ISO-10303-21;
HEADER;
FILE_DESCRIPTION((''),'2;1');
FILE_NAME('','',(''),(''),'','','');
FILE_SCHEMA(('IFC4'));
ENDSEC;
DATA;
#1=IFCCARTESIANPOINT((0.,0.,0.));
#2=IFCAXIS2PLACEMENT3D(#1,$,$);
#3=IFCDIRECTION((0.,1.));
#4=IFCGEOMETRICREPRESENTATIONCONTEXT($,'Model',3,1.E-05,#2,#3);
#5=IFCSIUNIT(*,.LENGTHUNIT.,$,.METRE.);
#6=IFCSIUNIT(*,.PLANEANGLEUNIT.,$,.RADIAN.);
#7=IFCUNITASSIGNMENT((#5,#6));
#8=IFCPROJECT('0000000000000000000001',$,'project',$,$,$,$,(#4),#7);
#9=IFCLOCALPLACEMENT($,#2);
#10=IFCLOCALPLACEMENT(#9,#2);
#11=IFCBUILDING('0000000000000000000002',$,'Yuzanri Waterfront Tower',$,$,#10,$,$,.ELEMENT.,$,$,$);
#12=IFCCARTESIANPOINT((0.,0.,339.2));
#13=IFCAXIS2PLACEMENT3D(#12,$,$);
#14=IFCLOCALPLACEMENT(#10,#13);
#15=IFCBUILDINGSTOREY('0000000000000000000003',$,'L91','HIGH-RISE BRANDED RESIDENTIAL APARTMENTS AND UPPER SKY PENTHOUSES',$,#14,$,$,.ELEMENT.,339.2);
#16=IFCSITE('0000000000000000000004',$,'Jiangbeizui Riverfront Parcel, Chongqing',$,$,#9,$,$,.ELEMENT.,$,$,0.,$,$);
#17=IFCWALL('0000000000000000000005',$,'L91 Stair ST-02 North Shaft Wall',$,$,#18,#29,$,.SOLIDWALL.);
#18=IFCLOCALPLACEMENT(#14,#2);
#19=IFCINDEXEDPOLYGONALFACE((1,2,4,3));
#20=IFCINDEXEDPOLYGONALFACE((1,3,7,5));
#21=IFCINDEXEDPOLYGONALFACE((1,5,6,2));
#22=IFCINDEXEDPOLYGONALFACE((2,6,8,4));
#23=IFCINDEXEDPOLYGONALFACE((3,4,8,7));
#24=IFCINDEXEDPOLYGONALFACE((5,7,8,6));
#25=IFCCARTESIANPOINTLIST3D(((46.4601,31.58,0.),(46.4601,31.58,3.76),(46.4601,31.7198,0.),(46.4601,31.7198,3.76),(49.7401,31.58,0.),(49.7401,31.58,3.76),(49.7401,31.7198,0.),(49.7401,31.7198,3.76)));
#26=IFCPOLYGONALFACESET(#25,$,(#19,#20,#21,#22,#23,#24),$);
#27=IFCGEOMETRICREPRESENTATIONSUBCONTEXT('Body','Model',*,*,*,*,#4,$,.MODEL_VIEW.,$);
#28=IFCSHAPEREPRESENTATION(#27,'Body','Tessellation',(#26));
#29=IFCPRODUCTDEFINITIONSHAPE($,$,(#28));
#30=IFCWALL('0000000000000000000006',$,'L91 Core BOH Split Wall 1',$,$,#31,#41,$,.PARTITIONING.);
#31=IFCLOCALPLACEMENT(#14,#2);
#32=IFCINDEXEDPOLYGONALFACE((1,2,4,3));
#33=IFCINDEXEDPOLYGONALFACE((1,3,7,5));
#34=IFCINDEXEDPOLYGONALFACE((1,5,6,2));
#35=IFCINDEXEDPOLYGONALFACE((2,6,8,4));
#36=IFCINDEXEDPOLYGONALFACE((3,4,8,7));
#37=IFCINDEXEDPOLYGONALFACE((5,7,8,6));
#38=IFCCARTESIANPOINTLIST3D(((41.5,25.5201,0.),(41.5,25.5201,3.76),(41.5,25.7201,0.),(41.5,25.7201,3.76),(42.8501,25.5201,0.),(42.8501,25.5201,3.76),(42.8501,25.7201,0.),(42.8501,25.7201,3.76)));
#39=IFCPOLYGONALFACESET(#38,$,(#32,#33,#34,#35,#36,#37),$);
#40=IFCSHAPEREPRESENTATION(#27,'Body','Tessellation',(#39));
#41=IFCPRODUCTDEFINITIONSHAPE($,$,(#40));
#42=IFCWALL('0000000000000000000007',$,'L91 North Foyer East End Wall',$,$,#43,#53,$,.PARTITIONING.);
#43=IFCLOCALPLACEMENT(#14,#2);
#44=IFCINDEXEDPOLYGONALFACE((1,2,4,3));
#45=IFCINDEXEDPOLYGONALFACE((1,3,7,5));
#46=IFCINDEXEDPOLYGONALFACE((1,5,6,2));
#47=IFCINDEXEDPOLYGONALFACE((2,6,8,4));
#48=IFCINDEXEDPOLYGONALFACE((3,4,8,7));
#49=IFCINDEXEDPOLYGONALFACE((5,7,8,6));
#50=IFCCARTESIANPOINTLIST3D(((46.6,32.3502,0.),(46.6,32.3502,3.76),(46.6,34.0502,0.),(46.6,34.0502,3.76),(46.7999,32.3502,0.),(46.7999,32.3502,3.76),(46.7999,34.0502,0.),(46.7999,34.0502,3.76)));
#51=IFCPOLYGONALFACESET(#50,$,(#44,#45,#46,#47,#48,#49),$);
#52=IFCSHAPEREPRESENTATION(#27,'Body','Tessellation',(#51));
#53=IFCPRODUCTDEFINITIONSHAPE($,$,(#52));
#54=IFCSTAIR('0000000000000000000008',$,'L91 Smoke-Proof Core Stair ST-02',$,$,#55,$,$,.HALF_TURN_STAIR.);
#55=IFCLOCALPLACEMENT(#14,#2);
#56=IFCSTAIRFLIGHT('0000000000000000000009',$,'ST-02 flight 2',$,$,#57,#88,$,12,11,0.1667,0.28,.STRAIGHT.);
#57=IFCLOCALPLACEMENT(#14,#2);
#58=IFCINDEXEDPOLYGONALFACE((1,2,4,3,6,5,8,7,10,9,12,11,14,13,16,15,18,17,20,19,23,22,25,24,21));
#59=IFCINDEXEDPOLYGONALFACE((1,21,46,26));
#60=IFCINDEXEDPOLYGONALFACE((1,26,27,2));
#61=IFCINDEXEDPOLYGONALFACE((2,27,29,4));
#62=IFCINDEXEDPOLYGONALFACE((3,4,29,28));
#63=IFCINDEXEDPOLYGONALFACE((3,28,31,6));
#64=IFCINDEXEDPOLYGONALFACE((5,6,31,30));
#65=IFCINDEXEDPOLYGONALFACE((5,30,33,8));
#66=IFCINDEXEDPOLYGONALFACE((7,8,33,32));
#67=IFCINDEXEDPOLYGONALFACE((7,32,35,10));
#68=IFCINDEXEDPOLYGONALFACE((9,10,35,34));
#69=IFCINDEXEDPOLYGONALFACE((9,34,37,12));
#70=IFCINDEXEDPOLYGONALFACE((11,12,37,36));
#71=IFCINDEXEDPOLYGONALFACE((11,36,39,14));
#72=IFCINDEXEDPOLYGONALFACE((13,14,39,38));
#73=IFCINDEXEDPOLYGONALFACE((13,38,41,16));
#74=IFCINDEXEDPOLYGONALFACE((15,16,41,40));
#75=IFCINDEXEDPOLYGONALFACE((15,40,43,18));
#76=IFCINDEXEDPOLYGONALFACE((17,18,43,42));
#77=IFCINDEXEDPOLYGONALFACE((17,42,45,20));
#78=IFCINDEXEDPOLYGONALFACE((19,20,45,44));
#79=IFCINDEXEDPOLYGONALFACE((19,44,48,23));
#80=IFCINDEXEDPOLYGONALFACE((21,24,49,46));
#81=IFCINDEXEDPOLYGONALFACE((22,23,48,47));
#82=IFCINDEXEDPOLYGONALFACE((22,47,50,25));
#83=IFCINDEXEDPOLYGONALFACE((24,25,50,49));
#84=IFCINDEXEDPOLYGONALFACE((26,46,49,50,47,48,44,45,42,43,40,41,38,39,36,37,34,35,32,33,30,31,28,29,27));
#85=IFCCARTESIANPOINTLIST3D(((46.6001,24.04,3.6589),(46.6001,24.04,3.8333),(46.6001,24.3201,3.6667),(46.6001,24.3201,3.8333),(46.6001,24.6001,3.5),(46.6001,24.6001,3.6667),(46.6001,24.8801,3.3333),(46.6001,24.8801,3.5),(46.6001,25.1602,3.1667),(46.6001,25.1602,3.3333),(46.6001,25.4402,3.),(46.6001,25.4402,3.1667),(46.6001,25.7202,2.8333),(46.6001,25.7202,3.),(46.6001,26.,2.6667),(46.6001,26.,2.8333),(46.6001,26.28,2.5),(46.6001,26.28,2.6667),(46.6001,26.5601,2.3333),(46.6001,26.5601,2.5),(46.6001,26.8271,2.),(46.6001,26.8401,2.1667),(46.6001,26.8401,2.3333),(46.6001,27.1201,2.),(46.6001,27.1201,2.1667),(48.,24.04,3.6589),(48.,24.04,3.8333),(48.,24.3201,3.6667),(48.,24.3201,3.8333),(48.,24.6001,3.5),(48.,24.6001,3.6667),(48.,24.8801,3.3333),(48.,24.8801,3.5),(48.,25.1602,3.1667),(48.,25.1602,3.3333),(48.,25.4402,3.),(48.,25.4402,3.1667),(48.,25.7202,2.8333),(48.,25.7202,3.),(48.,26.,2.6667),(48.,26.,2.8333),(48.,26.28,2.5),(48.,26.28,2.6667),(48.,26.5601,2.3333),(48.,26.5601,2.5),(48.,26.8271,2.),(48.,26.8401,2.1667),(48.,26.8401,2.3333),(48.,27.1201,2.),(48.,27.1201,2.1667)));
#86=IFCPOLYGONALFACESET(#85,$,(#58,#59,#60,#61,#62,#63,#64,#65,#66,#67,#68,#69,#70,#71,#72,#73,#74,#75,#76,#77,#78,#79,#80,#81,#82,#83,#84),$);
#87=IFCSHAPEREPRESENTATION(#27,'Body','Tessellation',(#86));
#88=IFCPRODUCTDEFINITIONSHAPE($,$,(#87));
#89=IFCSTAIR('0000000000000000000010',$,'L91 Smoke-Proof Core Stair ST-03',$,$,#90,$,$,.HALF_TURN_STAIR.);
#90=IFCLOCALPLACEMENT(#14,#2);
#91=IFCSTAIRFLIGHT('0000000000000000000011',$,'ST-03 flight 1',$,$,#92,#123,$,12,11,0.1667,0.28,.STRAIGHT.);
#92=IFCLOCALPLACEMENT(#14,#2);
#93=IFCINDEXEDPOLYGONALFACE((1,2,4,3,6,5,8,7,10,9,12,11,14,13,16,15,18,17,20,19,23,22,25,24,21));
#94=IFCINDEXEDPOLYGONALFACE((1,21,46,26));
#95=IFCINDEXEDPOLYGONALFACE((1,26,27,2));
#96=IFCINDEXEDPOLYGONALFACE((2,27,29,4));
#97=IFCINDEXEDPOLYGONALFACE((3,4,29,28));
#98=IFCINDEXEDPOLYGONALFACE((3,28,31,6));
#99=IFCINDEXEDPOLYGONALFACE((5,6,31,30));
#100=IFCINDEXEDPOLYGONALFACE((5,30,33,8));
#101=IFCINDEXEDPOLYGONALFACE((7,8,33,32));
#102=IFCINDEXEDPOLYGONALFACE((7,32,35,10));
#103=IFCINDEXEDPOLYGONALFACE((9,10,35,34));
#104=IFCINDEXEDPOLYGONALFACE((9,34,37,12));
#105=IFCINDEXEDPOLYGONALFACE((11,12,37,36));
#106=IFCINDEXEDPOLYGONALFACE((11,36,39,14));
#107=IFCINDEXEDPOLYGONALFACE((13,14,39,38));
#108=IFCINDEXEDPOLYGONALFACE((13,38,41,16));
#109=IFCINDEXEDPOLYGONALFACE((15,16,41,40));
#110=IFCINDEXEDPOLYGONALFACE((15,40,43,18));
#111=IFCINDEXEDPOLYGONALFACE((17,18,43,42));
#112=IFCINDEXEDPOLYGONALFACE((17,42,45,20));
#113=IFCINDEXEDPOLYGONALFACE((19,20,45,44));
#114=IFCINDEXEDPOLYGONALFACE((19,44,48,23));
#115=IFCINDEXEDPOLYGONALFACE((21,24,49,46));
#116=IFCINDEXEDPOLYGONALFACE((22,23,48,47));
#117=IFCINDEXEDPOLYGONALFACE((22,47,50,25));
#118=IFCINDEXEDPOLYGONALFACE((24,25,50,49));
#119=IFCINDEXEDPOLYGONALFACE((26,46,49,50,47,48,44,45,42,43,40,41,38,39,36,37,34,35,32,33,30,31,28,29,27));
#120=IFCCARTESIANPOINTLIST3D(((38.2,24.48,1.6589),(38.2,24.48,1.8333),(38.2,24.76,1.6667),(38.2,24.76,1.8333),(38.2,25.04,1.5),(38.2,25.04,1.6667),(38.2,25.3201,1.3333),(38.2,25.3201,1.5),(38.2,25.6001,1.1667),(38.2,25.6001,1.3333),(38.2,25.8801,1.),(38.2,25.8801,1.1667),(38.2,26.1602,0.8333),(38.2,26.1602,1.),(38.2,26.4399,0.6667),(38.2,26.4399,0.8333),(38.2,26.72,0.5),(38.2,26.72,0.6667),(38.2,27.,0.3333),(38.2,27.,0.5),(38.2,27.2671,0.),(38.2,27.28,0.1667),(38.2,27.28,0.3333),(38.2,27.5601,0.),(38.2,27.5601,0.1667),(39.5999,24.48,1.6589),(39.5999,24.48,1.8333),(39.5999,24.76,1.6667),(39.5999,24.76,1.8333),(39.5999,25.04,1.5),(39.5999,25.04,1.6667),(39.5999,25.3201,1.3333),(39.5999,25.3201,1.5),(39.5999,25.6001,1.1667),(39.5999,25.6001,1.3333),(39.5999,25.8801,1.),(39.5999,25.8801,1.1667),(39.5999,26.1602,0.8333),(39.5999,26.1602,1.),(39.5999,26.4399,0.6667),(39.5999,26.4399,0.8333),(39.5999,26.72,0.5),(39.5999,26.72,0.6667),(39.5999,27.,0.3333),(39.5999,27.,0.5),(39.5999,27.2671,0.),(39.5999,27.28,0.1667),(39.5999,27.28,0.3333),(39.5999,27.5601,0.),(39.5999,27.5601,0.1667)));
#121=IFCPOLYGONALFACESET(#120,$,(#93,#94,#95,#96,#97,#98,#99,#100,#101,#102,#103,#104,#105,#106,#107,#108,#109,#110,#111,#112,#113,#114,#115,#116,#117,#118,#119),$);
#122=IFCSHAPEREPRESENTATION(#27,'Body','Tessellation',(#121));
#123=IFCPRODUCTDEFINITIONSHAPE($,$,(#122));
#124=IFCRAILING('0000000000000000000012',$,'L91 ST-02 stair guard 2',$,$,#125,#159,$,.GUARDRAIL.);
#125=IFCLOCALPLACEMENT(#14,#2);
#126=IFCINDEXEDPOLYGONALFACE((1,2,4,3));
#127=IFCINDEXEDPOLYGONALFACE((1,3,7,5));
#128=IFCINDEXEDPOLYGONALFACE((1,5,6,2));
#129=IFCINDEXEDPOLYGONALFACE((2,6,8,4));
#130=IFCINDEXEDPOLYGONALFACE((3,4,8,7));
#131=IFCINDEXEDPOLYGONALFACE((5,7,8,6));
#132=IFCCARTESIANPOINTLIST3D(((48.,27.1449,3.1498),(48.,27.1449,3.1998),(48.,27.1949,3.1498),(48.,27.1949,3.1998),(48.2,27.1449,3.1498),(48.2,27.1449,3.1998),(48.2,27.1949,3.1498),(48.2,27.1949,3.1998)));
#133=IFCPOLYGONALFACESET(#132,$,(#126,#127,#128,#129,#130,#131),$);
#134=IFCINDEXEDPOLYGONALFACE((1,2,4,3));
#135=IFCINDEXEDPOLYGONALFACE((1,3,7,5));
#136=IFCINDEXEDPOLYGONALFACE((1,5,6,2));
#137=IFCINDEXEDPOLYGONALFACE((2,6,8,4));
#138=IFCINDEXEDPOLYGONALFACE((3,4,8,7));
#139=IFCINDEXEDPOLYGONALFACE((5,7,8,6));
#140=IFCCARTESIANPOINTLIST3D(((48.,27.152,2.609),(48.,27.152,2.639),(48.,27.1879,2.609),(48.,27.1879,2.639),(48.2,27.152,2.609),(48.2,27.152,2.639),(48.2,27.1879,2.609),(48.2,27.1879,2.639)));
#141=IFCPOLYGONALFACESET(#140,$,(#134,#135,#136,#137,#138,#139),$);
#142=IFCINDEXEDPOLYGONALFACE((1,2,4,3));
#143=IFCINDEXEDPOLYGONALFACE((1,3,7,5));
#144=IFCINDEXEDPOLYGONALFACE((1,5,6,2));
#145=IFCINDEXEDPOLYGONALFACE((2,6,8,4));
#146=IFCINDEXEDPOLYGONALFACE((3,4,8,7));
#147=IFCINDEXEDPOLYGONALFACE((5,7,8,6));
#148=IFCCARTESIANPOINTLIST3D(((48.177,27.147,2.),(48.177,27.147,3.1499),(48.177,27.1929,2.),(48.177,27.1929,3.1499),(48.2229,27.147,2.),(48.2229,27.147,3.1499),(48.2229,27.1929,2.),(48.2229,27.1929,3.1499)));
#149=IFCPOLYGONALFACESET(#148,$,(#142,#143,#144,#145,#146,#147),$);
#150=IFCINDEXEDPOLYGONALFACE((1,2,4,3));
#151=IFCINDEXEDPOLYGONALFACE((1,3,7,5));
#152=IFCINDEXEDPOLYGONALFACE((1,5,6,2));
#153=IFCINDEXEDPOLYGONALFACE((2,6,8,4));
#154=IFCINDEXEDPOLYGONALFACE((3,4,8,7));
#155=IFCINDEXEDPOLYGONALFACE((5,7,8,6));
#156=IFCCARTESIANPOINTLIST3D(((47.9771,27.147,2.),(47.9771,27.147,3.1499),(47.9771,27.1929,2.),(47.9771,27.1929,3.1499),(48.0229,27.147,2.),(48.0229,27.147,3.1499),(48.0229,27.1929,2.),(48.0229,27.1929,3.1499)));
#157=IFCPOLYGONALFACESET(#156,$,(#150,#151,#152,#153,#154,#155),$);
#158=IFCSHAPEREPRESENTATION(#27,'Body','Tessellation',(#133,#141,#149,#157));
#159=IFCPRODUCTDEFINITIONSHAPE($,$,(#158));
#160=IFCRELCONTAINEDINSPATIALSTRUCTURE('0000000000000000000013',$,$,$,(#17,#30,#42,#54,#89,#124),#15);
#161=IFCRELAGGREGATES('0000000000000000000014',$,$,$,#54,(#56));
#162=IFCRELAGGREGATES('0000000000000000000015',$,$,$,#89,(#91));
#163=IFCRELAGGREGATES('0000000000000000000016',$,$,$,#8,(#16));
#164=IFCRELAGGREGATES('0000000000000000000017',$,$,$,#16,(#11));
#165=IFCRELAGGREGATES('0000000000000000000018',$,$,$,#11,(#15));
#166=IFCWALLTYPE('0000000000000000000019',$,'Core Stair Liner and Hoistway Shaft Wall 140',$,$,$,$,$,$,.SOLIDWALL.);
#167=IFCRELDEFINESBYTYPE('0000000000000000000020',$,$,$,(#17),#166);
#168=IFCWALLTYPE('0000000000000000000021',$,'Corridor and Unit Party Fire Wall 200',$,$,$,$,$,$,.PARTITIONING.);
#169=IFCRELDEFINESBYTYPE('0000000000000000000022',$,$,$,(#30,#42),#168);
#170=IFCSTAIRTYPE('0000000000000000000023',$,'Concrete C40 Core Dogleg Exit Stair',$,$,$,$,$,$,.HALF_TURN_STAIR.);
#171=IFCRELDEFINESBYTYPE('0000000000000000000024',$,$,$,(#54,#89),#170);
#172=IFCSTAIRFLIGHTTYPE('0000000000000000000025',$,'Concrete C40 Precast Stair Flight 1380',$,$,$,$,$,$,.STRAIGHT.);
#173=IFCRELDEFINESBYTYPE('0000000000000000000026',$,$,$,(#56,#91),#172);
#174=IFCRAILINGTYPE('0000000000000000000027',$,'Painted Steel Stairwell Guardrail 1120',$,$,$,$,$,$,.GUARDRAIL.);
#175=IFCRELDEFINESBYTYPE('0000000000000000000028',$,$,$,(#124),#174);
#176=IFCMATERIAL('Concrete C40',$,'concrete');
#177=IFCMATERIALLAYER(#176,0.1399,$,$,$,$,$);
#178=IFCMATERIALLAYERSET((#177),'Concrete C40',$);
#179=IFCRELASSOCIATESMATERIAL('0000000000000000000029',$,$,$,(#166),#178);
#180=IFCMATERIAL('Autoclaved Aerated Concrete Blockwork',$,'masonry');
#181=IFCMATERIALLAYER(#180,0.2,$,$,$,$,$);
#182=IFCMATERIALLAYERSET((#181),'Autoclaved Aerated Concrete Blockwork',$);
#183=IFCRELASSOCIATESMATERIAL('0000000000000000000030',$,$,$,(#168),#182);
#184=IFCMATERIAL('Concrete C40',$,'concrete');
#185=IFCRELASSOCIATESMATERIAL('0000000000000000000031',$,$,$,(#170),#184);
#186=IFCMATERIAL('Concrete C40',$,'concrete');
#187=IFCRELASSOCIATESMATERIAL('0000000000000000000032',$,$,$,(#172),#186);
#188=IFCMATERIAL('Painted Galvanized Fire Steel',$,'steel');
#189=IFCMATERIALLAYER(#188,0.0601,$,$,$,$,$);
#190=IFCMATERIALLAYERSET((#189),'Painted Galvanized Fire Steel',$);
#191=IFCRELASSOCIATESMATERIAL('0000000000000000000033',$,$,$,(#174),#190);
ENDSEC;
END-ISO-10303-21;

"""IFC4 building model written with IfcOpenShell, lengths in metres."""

from ifc_helpers import new_model, si_unit, direction, frame, frame_2d, origin, origin_2d, place, context, subcontext, project, spatial, polyline, rectangle, outline, extrude, source, transform, mapped, material, layer, layer_set, type_object, element, aggregate, save


model = new_model("IFC4")

# Units and contexts
model_context = context("Model", 3, precision=1e-05, world=origin(), true_north=direction((0.0, 1.0)))
body_context = subcontext(model_context, "Body", "Model", "MODEL_VIEW")
ifc_project = project(units=[si_unit("LENGTHUNIT", "METRE"), si_unit("PLANEANGLEUNIT", "RADIAN")], contexts=[model_context])

# Site, building, storey
site_placement = place(None, origin())
site = spatial("IfcSite", under=ifc_project, at=site_placement, Name="Jiangbeizui Riverfront Parcel, Chongqing", CompositionType="ELEMENT", RefElevation=0.0)
building_placement = place(site_placement, origin())
building = spatial("IfcBuilding", under=site, at=building_placement, Name="Yuzanri Waterfront Tower", CompositionType="ELEMENT")
storey_placement = place(building_placement, frame((0.0, 0.0, 339.2)))
storey = spatial("IfcBuildingStorey", under=building, at=storey_placement, Name="L91", Description="HIGH-RISE BRANDED RESIDENTIAL APARTMENTS AND UPPER SKY PENTHOUSES", CompositionType="ELEMENT", Elevation=339.2)

# Shared definitions
ifc_material_1 = material(Name="Concrete C40", Category="concrete")
ifc_layer_1 = layer(ifc_material_1, 0.1399)
ifc_layer_set_1 = layer_set([ifc_layer_1], Name="Concrete C40")
wall_type_1 = type_object("IfcWallType", Name="Core Stair Liner and Hoistway Shaft Wall 140", PredefinedType="SOLIDWALL", material=ifc_layer_set_1)
ifc_material_2 = material(Name="Autoclaved Aerated Concrete Blockwork", Category="masonry")
ifc_layer_2 = layer(ifc_material_2, 0.2)
ifc_layer_set_2 = layer_set([ifc_layer_2], Name="Autoclaved Aerated Concrete Blockwork")
wall_type_2 = type_object("IfcWallType", Name="Corridor and Unit Party Fire Wall 200", PredefinedType="PARTITIONING", material=ifc_layer_set_2)

# Walls
shared_shape_1 = source(origin(), body_context, "Body", "SweptSolid", [
    extrude(rectangle(XDim=3.28, YDim=0.1399, at=frame_2d((1.6401, 0.0))), origin(), (0.0, 0.0, 1.0), 3.76),
])
wall_1_placement = place(storey_placement, frame((46.46, 31.6499, 0.0), z_axis=(0.0, 0.0, 1.0), x_axis=(1.0, 0.0, 0.0)))
element("IfcWall", 1, at=wall_1_placement, inside=storey, type_object=wall_type_1, Name="L91 Stair ST-02 North Shaft Wall", PredefinedType="SOLIDWALL", context=body_context, shape_type="MappedRepresentation", body=[
    mapped(shared_shape_1, transform((0.0, 0.0, 0.0), scale=1.0)),
])
shared_shape_2 = source(origin(), body_context, "Body", "SweptSolid", [
    extrude(rectangle(XDim=1.3501, YDim=0.2, at=frame_2d((0.675, 0.0))), origin(), (0.0, 0.0, 1.0), 3.76),
])
wall_2_placement = place(storey_placement, frame((41.5, 25.6201, 0.0), z_axis=(0.0, 0.0, 1.0), x_axis=(1.0, 0.0, 0.0)))
element("IfcWall", 2, at=wall_2_placement, inside=storey, type_object=wall_type_2, Name="L91 Core BOH Split Wall 1", PredefinedType="PARTITIONING", context=body_context, shape_type="MappedRepresentation", body=[
    mapped(shared_shape_2, transform((0.0, 0.0, 0.0), scale=1.0)),
])
shared_shape_3 = source(origin(), body_context, "Body", "SweptSolid", [
    extrude(rectangle(XDim=1.7, YDim=0.2, at=frame_2d((0.8501, 0.0))), origin(), (0.0, 0.0, 1.0), 3.76),
])
wall_3_placement = place(storey_placement, frame((46.7, 32.3501, 0.0), z_axis=(0.0, 0.0, 1.0), x_axis=(0.0, 1.0, 0.0)))
element("IfcWall", 3, at=wall_3_placement, inside=storey, type_object=wall_type_2, Name="L91 North Foyer East End Wall", PredefinedType="PARTITIONING", context=body_context, shape_type="MappedRepresentation", body=[
    mapped(shared_shape_3, transform((0.0, 0.0, 0.0), scale=1.0)),
])

# Stairs, stair flights
ifc_material_3 = material(Name="Concrete C40", Category="concrete")
stair_type = type_object("IfcStairType", Name="Concrete C40 Core Dogleg Exit Stair", PredefinedType="HALF_TURN_STAIR", material=ifc_material_3)
stair_1_placement = place(storey_placement, origin())
stair_1 = element("IfcStair", 4, at=stair_1_placement, inside=storey, type_object=stair_type, Name="L91 Smoke-Proof Core Stair ST-02", PredefinedType="HALF_TURN_STAIR")
ifc_material_4 = material(Name="Concrete C40", Category="concrete")
stair_flight_type = type_object("IfcStairFlightType", Name="Concrete C40 Precast Stair Flight 1380", PredefinedType="STRAIGHT", material=ifc_material_4)
shared_shape_4 = source(origin(), body_context, "Body", "SweptSolid", [
    extrude(outline(polyline([(0.0, 0.0), (0.0, 0.1667), (0.28, 0.1667), (0.28, 0.3333), (0.5601, 0.3333), (0.5601, 0.5), (0.8401, 0.5), (0.8401, 0.6667), (1.1201, 0.6667), (1.1201, 0.8333), (1.3999, 0.8333), (1.3999, 1.0), (1.6799, 1.0), (1.6799, 1.1667), (1.96, 1.1667), (1.96, 1.3333), (2.24, 1.3333), (2.24, 1.5), (2.52, 1.5), (2.52, 1.6667), (2.8, 1.6667), (2.8, 1.8333), (3.0801, 1.8333), (3.0801, 2.0), (3.0801, 1.6589), (0.293, 0.0), (0.0, 0.0)])), frame((0.0, 0.7, 0.0), z_axis=(0.0, -1.0, 0.0), x_axis=(1.0, 0.0, 0.0)), (0.0, 0.0, 1.0), 1.3999),
])
stair_flight_1_placement = place(storey_placement, frame((47.3, 27.1201, 2.0), z_axis=(0.0, 0.0, 1.0), x_axis=(0.0, -1.0, 0.0)))
stair_flight_1 = element("IfcStairFlight", 5, at=stair_flight_1_placement, type_object=stair_flight_type, Name="ST-02 flight 2", NumberOfRisers=12, NumberOfTreads=11, PredefinedType="STRAIGHT", RiserHeight=0.1667, TreadLength=0.28, context=body_context, shape_type="MappedRepresentation", body=[
    mapped(shared_shape_4, transform((0.0, 0.0, 0.0), scale=1.0)),
])
aggregate(stair_1, [stair_flight_1])
stair_2_placement = place(storey_placement, origin())
stair_2 = element("IfcStair", 6, at=stair_2_placement, inside=storey, type_object=stair_type, Name="L91 Smoke-Proof Core Stair ST-03", PredefinedType="HALF_TURN_STAIR")
stair_flight_2_placement = place(storey_placement, frame((38.8999, 27.5601, 0.0), z_axis=(0.0, 0.0, 1.0), x_axis=(0.0, -1.0, 0.0)))
stair_flight_2 = element("IfcStairFlight", 7, at=stair_flight_2_placement, type_object=stair_flight_type, Name="ST-03 flight 1", NumberOfRisers=12, NumberOfTreads=11, PredefinedType="STRAIGHT", RiserHeight=0.1667, TreadLength=0.28, context=body_context, shape_type="MappedRepresentation", body=[
    mapped(shared_shape_4, transform((0.0, 0.0, 0.0), scale=1.0)),
])
aggregate(stair_2, [stair_flight_2])

# Railing
ifc_material_5 = material(Name="Painted Galvanized Fire Steel", Category="steel")
ifc_layer_3 = layer(ifc_material_5, 0.0601)
ifc_layer_set_3 = layer_set([ifc_layer_3], Name="Painted Galvanized Fire Steel")
railing_type_1 = type_object("IfcRailingType", Name="Painted Steel Stairwell Guardrail 1120", PredefinedType="GUARDRAIL", material=ifc_layer_set_3)
shared_shape_5 = source(origin(), body_context, "Body", "SweptSolid", [
    extrude(rectangle(XDim=0.05, YDim=0.05, at=origin_2d()), frame((0.0, 0.0, 1.1748), z_axis=(-1.0, 0.0, 0.0), x_axis=(0.0, -1.0, 0.0)), (0.0, 0.0, 1.0), 0.2),
    extrude(rectangle(XDim=0.0359, YDim=0.03, at=origin_2d()), frame((0.0, 0.0, 0.624), z_axis=(-1.0, 0.0, 0.0), x_axis=(0.0, -1.0, 0.0)), (0.0, 0.0, 1.0), 0.2),
    extrude(rectangle(XDim=0.0459, YDim=0.0459, at=origin_2d()), origin(), (0.0, 0.0, 1.0), 1.1499),
    extrude(rectangle(XDim=0.0459, YDim=0.0459, at=origin_2d()), frame((-0.2, 0.0, 0.0)), (0.0, 0.0, 1.0), 1.1499),
])
railing_1_placement = place(storey_placement, frame((48.2, 27.1699, 2.0)))
element("IfcRailing", 8, at=railing_1_placement, inside=storey, type_object=railing_type_1, Name="L91 ST-02 stair guard 2", PredefinedType="GUARDRAIL", context=body_context, shape_type="MappedRepresentation", body=[
    mapped(shared_shape_5, transform((0.0, 0.0, 0.0), scale=1.0)),
])

save(model, "model.ifc")
